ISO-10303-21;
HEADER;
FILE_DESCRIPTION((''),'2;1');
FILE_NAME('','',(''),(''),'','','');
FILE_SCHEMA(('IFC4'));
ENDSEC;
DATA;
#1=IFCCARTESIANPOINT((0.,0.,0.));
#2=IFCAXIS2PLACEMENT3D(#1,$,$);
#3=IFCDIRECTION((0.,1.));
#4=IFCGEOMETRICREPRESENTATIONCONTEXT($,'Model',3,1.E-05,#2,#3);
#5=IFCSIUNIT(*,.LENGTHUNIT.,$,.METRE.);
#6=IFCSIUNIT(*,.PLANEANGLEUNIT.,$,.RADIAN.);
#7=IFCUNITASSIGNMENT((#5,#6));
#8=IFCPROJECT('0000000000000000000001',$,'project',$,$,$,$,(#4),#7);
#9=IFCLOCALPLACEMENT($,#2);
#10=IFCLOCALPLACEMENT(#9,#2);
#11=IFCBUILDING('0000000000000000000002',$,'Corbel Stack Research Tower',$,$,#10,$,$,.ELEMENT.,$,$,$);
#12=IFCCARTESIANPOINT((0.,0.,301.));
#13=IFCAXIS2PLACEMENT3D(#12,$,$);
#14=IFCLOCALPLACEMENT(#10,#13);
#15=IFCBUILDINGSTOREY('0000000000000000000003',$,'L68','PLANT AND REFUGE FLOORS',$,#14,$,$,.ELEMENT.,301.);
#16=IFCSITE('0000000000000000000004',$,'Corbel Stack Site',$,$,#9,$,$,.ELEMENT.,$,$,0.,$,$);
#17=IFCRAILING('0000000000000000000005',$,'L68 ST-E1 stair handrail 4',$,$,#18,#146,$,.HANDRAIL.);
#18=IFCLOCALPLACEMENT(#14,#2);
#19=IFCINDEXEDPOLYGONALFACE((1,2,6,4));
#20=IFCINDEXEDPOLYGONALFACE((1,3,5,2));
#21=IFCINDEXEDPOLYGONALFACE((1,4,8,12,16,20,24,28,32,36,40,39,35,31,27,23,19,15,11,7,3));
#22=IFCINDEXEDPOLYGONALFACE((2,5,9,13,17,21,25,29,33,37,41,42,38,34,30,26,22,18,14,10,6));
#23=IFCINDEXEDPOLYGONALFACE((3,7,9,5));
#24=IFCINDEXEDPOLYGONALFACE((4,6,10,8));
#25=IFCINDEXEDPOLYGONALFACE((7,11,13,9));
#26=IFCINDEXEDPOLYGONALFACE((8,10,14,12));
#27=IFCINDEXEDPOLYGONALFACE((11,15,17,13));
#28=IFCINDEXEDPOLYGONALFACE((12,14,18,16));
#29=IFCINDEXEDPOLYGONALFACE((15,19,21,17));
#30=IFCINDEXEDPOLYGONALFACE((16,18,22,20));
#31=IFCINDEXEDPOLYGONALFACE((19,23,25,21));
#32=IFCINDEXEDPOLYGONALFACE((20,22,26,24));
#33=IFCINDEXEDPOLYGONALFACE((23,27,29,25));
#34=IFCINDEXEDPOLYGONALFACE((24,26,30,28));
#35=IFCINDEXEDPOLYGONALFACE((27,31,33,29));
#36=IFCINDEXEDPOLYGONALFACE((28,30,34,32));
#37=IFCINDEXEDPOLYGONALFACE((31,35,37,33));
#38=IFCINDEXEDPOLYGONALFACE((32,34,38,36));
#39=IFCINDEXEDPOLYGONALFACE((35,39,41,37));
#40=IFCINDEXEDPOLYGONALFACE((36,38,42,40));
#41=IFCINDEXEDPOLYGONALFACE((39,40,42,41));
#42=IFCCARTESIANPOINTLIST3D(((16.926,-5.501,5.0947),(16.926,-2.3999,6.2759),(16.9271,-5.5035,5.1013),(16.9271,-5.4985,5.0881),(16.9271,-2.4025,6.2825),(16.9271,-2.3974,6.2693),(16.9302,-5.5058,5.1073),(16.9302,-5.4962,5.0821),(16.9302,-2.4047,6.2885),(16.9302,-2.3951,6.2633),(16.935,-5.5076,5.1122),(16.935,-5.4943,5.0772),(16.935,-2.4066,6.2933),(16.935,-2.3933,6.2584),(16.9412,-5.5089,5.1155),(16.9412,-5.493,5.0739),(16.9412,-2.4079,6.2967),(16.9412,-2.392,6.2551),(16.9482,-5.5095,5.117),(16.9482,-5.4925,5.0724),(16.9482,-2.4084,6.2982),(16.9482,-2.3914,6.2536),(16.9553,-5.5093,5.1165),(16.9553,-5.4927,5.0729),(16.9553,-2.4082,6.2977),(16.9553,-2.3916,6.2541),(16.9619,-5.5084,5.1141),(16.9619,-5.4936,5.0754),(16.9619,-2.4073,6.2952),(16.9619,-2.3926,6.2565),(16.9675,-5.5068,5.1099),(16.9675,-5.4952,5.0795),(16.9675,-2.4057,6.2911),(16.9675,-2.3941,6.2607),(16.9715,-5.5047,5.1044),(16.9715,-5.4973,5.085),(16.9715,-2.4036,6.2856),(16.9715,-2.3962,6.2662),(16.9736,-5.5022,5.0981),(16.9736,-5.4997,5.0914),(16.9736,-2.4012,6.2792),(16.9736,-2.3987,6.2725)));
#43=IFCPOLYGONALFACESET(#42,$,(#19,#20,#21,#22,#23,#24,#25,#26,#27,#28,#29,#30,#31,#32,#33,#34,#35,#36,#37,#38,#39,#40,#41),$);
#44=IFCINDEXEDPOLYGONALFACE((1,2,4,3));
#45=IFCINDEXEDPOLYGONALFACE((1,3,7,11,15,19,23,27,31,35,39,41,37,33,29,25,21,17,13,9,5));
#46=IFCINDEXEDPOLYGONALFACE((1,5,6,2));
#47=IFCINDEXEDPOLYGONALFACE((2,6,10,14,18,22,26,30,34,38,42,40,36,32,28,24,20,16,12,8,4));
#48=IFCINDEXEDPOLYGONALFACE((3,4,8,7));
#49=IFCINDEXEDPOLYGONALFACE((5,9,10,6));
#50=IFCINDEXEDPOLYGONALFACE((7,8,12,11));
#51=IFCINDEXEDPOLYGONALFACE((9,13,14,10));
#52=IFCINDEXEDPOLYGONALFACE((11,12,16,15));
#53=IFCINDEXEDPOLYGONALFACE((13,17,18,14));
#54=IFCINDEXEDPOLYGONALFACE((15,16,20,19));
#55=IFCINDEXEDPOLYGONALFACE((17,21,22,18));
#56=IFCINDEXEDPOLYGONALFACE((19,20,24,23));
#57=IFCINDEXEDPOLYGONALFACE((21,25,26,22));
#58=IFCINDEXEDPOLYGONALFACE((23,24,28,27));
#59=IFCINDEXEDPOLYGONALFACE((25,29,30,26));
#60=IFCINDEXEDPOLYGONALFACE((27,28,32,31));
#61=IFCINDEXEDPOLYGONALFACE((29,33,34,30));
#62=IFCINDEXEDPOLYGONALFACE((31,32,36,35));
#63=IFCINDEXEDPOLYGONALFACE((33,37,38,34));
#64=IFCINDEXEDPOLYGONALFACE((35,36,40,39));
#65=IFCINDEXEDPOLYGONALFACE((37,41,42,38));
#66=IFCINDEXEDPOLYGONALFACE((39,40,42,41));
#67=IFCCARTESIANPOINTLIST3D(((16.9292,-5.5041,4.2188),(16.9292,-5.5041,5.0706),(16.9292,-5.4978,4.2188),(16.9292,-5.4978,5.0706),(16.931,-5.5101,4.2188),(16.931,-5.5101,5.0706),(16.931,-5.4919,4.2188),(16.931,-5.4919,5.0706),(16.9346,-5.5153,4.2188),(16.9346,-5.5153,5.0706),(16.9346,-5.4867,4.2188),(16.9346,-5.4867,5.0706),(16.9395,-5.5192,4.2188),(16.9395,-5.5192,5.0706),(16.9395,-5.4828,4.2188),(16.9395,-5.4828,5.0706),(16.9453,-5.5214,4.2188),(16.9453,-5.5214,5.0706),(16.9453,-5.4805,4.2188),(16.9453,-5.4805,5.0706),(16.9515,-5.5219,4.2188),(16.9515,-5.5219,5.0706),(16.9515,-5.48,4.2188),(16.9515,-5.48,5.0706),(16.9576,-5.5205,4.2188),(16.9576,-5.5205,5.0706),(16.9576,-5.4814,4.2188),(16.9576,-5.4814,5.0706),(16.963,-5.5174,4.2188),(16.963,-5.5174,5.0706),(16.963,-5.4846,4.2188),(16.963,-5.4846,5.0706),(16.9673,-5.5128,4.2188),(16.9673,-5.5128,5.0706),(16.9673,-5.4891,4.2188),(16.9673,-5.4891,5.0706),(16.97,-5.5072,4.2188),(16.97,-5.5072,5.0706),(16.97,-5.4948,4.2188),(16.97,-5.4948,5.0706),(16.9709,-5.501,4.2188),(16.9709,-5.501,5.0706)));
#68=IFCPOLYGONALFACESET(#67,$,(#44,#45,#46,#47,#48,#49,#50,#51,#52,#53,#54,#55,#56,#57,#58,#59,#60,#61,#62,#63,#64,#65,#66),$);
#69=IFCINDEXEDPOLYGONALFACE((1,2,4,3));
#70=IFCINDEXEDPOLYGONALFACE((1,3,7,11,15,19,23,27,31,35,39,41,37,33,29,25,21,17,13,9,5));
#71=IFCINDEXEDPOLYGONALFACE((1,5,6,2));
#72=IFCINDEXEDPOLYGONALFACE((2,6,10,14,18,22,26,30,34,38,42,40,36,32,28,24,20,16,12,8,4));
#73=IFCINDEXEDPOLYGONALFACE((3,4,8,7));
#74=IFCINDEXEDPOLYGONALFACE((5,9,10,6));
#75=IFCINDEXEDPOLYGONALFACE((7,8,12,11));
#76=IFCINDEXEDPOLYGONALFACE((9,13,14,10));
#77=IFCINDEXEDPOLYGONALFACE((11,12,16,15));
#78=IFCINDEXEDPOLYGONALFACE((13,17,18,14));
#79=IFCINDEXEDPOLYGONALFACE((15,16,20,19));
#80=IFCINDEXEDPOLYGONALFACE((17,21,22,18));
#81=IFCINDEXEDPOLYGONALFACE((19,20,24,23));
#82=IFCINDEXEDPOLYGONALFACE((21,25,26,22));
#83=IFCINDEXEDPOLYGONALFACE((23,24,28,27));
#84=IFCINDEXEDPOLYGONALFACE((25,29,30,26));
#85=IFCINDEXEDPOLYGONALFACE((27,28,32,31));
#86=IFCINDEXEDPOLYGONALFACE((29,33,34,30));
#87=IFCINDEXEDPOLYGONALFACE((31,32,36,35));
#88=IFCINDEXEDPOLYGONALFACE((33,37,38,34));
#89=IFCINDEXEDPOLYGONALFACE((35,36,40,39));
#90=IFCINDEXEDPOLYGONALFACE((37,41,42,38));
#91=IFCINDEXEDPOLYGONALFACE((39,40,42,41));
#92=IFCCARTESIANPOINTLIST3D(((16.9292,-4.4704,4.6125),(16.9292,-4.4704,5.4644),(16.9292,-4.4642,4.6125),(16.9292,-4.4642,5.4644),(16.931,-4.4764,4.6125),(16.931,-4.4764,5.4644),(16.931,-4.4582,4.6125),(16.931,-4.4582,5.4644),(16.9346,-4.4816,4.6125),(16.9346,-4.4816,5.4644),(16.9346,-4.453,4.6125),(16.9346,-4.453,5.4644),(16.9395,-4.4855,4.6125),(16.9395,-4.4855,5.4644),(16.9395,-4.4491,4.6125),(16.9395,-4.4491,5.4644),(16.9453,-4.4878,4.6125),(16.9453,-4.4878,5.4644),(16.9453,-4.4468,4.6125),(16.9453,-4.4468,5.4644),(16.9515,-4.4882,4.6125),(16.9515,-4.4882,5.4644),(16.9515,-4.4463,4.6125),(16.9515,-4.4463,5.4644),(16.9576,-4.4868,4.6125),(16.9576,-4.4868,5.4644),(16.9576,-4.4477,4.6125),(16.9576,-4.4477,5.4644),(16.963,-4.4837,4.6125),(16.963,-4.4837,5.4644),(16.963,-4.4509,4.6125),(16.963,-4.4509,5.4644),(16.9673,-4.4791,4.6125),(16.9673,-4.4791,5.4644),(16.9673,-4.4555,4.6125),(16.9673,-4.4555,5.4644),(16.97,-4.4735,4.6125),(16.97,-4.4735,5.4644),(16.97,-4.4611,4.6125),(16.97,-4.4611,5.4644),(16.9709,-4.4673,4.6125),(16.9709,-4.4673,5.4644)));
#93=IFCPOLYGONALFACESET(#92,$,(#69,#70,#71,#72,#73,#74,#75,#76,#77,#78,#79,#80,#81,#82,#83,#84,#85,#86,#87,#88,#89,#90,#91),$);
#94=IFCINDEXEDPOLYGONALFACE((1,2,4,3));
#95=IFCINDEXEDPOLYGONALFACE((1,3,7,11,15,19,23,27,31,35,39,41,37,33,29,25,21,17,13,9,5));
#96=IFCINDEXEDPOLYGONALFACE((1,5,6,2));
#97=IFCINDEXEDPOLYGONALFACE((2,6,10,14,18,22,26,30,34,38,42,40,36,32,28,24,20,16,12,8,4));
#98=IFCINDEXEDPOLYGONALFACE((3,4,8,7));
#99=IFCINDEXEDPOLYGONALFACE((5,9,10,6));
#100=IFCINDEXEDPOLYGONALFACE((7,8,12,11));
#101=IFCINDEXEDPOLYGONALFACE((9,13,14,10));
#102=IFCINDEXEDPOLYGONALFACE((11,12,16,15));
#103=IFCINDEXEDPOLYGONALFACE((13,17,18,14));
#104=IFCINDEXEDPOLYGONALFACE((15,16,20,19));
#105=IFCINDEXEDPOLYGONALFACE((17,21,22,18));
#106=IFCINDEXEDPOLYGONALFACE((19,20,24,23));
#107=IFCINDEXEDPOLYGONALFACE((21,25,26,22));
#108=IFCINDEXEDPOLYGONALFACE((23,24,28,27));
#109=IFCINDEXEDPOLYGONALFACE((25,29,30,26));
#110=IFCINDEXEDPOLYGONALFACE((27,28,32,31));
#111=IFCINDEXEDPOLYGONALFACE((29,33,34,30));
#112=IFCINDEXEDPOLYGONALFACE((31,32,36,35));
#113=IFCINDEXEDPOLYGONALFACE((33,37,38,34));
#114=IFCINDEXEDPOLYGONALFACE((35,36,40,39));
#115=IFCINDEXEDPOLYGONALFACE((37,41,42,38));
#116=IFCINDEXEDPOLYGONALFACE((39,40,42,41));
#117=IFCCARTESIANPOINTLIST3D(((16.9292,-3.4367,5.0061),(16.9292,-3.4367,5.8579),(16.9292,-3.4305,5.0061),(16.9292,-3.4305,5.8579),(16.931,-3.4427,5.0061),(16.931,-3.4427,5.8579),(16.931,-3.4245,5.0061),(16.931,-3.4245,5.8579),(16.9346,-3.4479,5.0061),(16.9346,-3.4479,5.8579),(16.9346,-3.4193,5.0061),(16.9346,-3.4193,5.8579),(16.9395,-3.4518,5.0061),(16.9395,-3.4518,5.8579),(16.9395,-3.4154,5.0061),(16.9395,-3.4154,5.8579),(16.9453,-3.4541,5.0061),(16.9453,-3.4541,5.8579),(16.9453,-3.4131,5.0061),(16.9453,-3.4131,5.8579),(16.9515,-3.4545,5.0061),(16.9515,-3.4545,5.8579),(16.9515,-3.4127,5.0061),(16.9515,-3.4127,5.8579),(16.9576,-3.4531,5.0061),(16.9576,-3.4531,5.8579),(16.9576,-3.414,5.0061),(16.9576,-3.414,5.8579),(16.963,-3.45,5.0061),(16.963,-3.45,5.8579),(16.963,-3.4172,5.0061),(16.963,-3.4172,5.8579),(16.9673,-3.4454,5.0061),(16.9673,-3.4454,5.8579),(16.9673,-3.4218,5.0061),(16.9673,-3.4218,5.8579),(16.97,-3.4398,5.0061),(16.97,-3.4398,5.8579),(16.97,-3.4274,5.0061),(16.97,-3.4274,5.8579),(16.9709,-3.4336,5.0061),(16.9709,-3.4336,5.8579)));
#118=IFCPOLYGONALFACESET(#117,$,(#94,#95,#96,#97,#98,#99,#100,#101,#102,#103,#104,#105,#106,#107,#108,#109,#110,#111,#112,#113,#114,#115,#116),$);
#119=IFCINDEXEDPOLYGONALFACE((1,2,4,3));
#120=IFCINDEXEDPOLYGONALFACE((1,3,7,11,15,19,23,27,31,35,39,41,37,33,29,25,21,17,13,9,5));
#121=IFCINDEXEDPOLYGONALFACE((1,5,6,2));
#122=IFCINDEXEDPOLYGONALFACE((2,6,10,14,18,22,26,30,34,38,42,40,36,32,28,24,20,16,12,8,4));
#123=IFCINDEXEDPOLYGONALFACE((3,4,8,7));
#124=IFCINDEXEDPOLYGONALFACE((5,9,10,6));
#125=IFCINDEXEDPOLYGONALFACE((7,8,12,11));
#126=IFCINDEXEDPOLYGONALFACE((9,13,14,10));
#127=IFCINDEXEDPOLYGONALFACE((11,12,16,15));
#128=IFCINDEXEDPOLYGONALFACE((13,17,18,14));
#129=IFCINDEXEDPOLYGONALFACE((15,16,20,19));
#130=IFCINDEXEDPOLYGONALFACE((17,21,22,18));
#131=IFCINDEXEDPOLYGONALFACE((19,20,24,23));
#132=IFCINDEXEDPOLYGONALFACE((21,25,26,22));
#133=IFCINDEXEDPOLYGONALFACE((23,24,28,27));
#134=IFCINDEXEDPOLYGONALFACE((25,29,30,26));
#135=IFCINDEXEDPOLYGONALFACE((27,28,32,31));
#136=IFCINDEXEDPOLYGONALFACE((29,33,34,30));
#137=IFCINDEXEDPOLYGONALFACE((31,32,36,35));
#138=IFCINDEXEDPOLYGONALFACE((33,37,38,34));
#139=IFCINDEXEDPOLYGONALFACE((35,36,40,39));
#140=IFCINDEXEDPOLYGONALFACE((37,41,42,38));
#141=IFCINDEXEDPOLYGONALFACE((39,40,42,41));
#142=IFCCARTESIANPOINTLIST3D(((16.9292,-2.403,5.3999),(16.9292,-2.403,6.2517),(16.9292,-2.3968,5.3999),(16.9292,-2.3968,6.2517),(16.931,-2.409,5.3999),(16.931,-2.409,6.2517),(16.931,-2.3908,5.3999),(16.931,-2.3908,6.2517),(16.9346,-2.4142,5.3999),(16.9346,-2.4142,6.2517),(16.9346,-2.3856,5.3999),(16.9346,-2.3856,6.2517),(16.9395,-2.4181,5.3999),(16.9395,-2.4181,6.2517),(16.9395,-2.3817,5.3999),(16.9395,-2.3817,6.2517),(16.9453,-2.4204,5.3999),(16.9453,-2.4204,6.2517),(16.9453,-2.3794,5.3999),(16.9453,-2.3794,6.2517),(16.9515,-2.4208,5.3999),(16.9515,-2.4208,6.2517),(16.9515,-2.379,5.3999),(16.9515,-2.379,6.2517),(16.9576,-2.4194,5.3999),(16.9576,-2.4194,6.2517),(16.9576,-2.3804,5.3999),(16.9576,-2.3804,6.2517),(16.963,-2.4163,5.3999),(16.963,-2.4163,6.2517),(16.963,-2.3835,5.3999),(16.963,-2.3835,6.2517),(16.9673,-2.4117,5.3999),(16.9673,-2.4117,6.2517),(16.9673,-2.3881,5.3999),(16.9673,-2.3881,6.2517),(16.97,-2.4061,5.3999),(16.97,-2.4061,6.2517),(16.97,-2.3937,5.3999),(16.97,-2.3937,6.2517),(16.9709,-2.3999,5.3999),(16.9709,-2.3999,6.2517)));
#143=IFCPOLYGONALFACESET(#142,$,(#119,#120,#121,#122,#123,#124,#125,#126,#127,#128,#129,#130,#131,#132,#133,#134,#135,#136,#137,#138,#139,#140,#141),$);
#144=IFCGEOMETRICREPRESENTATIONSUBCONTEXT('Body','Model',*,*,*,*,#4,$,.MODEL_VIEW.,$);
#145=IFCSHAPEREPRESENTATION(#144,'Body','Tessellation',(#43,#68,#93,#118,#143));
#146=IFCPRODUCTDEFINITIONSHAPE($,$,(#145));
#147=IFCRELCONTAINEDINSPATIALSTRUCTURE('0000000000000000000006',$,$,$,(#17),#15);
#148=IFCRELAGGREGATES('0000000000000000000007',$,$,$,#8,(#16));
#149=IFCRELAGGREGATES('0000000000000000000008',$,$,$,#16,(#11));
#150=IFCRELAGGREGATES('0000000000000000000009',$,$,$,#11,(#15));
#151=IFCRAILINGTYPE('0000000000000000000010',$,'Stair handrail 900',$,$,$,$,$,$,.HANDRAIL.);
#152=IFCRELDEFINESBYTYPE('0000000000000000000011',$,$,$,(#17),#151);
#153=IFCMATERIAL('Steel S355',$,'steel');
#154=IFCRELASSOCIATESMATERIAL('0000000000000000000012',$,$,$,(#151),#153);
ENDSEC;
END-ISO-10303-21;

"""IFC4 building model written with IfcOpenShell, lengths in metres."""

from ifc_helpers import new_model, si_unit, direction, frame, origin, origin_2d, place, context, subcontext, project, spatial, circle, extrude, material, type_object, element, save


model = new_model("IFC4")

# Units and contexts
model_context = context("Model", 3, precision=1e-05, world=origin(), true_north=direction((0.0, 1.0)))
body_context = subcontext(model_context, "Body", "Model", "MODEL_VIEW")
ifc_project = project(units=[si_unit("LENGTHUNIT", "METRE"), si_unit("PLANEANGLEUNIT", "RADIAN")], contexts=[model_context])

# Site, building, storey
site_placement = place(None, origin())
site = spatial("IfcSite", under=ifc_project, at=site_placement, Name="Corbel Stack Site", CompositionType="ELEMENT", RefElevation=0.0)
building_placement = place(site_placement, origin())
building = spatial("IfcBuilding", under=site, at=building_placement, Name="Corbel Stack Research Tower", CompositionType="ELEMENT")
storey_placement = place(building_placement, frame((0.0, 0.0, 301.0)))
storey = spatial("IfcBuildingStorey", under=building, at=storey_placement, Name="L68", Description="PLANT AND REFUGE FLOORS", CompositionType="ELEMENT", Elevation=301.0)

# Railing
ifc_material_1 = material(Name="Steel S355", Category="steel")
railing_type_1 = type_object("IfcRailingType", Name="Stair handrail 900", PredefinedType="HANDRAIL", material=ifc_material_1)
railing_1_placement = place(storey_placement, frame((16.95, -5.501, 4.2188)))
element("IfcRailing", 1, at=railing_1_placement, inside=storey, type_object=railing_type_1, Name="L68 ST-E1 stair handrail 4", PredefinedType="HANDRAIL", context=body_context, shape_type="SweptSolid", body=[
    extrude(circle(Radius=0.0239, at=origin_2d()), frame((0.0, 0.0, 0.876), z_axis=(0.0, 0.934509, 0.35594), x_axis=(-1.0, 0.0, 0.0)), (0.0, 0.0, 1.0), 3.3184),
    extrude(circle(Radius=0.021, at=origin_2d()), origin(), (0.0, 0.0, 1.0), 0.8518),
    extrude(circle(Radius=0.021, at=origin_2d()), frame((0.0, 1.0337, 0.3938)), (0.0, 0.0, 1.0), 0.8518),
    extrude(circle(Radius=0.021, at=origin_2d()), frame((0.0, 2.0674, 0.7874)), (0.0, 0.0, 1.0), 0.8518),
    extrude(circle(Radius=0.021, at=origin_2d()), frame((0.0, 3.1011, 1.1812)), (0.0, 0.0, 1.0), 0.8518),
])

save(model, "model.ifc")
